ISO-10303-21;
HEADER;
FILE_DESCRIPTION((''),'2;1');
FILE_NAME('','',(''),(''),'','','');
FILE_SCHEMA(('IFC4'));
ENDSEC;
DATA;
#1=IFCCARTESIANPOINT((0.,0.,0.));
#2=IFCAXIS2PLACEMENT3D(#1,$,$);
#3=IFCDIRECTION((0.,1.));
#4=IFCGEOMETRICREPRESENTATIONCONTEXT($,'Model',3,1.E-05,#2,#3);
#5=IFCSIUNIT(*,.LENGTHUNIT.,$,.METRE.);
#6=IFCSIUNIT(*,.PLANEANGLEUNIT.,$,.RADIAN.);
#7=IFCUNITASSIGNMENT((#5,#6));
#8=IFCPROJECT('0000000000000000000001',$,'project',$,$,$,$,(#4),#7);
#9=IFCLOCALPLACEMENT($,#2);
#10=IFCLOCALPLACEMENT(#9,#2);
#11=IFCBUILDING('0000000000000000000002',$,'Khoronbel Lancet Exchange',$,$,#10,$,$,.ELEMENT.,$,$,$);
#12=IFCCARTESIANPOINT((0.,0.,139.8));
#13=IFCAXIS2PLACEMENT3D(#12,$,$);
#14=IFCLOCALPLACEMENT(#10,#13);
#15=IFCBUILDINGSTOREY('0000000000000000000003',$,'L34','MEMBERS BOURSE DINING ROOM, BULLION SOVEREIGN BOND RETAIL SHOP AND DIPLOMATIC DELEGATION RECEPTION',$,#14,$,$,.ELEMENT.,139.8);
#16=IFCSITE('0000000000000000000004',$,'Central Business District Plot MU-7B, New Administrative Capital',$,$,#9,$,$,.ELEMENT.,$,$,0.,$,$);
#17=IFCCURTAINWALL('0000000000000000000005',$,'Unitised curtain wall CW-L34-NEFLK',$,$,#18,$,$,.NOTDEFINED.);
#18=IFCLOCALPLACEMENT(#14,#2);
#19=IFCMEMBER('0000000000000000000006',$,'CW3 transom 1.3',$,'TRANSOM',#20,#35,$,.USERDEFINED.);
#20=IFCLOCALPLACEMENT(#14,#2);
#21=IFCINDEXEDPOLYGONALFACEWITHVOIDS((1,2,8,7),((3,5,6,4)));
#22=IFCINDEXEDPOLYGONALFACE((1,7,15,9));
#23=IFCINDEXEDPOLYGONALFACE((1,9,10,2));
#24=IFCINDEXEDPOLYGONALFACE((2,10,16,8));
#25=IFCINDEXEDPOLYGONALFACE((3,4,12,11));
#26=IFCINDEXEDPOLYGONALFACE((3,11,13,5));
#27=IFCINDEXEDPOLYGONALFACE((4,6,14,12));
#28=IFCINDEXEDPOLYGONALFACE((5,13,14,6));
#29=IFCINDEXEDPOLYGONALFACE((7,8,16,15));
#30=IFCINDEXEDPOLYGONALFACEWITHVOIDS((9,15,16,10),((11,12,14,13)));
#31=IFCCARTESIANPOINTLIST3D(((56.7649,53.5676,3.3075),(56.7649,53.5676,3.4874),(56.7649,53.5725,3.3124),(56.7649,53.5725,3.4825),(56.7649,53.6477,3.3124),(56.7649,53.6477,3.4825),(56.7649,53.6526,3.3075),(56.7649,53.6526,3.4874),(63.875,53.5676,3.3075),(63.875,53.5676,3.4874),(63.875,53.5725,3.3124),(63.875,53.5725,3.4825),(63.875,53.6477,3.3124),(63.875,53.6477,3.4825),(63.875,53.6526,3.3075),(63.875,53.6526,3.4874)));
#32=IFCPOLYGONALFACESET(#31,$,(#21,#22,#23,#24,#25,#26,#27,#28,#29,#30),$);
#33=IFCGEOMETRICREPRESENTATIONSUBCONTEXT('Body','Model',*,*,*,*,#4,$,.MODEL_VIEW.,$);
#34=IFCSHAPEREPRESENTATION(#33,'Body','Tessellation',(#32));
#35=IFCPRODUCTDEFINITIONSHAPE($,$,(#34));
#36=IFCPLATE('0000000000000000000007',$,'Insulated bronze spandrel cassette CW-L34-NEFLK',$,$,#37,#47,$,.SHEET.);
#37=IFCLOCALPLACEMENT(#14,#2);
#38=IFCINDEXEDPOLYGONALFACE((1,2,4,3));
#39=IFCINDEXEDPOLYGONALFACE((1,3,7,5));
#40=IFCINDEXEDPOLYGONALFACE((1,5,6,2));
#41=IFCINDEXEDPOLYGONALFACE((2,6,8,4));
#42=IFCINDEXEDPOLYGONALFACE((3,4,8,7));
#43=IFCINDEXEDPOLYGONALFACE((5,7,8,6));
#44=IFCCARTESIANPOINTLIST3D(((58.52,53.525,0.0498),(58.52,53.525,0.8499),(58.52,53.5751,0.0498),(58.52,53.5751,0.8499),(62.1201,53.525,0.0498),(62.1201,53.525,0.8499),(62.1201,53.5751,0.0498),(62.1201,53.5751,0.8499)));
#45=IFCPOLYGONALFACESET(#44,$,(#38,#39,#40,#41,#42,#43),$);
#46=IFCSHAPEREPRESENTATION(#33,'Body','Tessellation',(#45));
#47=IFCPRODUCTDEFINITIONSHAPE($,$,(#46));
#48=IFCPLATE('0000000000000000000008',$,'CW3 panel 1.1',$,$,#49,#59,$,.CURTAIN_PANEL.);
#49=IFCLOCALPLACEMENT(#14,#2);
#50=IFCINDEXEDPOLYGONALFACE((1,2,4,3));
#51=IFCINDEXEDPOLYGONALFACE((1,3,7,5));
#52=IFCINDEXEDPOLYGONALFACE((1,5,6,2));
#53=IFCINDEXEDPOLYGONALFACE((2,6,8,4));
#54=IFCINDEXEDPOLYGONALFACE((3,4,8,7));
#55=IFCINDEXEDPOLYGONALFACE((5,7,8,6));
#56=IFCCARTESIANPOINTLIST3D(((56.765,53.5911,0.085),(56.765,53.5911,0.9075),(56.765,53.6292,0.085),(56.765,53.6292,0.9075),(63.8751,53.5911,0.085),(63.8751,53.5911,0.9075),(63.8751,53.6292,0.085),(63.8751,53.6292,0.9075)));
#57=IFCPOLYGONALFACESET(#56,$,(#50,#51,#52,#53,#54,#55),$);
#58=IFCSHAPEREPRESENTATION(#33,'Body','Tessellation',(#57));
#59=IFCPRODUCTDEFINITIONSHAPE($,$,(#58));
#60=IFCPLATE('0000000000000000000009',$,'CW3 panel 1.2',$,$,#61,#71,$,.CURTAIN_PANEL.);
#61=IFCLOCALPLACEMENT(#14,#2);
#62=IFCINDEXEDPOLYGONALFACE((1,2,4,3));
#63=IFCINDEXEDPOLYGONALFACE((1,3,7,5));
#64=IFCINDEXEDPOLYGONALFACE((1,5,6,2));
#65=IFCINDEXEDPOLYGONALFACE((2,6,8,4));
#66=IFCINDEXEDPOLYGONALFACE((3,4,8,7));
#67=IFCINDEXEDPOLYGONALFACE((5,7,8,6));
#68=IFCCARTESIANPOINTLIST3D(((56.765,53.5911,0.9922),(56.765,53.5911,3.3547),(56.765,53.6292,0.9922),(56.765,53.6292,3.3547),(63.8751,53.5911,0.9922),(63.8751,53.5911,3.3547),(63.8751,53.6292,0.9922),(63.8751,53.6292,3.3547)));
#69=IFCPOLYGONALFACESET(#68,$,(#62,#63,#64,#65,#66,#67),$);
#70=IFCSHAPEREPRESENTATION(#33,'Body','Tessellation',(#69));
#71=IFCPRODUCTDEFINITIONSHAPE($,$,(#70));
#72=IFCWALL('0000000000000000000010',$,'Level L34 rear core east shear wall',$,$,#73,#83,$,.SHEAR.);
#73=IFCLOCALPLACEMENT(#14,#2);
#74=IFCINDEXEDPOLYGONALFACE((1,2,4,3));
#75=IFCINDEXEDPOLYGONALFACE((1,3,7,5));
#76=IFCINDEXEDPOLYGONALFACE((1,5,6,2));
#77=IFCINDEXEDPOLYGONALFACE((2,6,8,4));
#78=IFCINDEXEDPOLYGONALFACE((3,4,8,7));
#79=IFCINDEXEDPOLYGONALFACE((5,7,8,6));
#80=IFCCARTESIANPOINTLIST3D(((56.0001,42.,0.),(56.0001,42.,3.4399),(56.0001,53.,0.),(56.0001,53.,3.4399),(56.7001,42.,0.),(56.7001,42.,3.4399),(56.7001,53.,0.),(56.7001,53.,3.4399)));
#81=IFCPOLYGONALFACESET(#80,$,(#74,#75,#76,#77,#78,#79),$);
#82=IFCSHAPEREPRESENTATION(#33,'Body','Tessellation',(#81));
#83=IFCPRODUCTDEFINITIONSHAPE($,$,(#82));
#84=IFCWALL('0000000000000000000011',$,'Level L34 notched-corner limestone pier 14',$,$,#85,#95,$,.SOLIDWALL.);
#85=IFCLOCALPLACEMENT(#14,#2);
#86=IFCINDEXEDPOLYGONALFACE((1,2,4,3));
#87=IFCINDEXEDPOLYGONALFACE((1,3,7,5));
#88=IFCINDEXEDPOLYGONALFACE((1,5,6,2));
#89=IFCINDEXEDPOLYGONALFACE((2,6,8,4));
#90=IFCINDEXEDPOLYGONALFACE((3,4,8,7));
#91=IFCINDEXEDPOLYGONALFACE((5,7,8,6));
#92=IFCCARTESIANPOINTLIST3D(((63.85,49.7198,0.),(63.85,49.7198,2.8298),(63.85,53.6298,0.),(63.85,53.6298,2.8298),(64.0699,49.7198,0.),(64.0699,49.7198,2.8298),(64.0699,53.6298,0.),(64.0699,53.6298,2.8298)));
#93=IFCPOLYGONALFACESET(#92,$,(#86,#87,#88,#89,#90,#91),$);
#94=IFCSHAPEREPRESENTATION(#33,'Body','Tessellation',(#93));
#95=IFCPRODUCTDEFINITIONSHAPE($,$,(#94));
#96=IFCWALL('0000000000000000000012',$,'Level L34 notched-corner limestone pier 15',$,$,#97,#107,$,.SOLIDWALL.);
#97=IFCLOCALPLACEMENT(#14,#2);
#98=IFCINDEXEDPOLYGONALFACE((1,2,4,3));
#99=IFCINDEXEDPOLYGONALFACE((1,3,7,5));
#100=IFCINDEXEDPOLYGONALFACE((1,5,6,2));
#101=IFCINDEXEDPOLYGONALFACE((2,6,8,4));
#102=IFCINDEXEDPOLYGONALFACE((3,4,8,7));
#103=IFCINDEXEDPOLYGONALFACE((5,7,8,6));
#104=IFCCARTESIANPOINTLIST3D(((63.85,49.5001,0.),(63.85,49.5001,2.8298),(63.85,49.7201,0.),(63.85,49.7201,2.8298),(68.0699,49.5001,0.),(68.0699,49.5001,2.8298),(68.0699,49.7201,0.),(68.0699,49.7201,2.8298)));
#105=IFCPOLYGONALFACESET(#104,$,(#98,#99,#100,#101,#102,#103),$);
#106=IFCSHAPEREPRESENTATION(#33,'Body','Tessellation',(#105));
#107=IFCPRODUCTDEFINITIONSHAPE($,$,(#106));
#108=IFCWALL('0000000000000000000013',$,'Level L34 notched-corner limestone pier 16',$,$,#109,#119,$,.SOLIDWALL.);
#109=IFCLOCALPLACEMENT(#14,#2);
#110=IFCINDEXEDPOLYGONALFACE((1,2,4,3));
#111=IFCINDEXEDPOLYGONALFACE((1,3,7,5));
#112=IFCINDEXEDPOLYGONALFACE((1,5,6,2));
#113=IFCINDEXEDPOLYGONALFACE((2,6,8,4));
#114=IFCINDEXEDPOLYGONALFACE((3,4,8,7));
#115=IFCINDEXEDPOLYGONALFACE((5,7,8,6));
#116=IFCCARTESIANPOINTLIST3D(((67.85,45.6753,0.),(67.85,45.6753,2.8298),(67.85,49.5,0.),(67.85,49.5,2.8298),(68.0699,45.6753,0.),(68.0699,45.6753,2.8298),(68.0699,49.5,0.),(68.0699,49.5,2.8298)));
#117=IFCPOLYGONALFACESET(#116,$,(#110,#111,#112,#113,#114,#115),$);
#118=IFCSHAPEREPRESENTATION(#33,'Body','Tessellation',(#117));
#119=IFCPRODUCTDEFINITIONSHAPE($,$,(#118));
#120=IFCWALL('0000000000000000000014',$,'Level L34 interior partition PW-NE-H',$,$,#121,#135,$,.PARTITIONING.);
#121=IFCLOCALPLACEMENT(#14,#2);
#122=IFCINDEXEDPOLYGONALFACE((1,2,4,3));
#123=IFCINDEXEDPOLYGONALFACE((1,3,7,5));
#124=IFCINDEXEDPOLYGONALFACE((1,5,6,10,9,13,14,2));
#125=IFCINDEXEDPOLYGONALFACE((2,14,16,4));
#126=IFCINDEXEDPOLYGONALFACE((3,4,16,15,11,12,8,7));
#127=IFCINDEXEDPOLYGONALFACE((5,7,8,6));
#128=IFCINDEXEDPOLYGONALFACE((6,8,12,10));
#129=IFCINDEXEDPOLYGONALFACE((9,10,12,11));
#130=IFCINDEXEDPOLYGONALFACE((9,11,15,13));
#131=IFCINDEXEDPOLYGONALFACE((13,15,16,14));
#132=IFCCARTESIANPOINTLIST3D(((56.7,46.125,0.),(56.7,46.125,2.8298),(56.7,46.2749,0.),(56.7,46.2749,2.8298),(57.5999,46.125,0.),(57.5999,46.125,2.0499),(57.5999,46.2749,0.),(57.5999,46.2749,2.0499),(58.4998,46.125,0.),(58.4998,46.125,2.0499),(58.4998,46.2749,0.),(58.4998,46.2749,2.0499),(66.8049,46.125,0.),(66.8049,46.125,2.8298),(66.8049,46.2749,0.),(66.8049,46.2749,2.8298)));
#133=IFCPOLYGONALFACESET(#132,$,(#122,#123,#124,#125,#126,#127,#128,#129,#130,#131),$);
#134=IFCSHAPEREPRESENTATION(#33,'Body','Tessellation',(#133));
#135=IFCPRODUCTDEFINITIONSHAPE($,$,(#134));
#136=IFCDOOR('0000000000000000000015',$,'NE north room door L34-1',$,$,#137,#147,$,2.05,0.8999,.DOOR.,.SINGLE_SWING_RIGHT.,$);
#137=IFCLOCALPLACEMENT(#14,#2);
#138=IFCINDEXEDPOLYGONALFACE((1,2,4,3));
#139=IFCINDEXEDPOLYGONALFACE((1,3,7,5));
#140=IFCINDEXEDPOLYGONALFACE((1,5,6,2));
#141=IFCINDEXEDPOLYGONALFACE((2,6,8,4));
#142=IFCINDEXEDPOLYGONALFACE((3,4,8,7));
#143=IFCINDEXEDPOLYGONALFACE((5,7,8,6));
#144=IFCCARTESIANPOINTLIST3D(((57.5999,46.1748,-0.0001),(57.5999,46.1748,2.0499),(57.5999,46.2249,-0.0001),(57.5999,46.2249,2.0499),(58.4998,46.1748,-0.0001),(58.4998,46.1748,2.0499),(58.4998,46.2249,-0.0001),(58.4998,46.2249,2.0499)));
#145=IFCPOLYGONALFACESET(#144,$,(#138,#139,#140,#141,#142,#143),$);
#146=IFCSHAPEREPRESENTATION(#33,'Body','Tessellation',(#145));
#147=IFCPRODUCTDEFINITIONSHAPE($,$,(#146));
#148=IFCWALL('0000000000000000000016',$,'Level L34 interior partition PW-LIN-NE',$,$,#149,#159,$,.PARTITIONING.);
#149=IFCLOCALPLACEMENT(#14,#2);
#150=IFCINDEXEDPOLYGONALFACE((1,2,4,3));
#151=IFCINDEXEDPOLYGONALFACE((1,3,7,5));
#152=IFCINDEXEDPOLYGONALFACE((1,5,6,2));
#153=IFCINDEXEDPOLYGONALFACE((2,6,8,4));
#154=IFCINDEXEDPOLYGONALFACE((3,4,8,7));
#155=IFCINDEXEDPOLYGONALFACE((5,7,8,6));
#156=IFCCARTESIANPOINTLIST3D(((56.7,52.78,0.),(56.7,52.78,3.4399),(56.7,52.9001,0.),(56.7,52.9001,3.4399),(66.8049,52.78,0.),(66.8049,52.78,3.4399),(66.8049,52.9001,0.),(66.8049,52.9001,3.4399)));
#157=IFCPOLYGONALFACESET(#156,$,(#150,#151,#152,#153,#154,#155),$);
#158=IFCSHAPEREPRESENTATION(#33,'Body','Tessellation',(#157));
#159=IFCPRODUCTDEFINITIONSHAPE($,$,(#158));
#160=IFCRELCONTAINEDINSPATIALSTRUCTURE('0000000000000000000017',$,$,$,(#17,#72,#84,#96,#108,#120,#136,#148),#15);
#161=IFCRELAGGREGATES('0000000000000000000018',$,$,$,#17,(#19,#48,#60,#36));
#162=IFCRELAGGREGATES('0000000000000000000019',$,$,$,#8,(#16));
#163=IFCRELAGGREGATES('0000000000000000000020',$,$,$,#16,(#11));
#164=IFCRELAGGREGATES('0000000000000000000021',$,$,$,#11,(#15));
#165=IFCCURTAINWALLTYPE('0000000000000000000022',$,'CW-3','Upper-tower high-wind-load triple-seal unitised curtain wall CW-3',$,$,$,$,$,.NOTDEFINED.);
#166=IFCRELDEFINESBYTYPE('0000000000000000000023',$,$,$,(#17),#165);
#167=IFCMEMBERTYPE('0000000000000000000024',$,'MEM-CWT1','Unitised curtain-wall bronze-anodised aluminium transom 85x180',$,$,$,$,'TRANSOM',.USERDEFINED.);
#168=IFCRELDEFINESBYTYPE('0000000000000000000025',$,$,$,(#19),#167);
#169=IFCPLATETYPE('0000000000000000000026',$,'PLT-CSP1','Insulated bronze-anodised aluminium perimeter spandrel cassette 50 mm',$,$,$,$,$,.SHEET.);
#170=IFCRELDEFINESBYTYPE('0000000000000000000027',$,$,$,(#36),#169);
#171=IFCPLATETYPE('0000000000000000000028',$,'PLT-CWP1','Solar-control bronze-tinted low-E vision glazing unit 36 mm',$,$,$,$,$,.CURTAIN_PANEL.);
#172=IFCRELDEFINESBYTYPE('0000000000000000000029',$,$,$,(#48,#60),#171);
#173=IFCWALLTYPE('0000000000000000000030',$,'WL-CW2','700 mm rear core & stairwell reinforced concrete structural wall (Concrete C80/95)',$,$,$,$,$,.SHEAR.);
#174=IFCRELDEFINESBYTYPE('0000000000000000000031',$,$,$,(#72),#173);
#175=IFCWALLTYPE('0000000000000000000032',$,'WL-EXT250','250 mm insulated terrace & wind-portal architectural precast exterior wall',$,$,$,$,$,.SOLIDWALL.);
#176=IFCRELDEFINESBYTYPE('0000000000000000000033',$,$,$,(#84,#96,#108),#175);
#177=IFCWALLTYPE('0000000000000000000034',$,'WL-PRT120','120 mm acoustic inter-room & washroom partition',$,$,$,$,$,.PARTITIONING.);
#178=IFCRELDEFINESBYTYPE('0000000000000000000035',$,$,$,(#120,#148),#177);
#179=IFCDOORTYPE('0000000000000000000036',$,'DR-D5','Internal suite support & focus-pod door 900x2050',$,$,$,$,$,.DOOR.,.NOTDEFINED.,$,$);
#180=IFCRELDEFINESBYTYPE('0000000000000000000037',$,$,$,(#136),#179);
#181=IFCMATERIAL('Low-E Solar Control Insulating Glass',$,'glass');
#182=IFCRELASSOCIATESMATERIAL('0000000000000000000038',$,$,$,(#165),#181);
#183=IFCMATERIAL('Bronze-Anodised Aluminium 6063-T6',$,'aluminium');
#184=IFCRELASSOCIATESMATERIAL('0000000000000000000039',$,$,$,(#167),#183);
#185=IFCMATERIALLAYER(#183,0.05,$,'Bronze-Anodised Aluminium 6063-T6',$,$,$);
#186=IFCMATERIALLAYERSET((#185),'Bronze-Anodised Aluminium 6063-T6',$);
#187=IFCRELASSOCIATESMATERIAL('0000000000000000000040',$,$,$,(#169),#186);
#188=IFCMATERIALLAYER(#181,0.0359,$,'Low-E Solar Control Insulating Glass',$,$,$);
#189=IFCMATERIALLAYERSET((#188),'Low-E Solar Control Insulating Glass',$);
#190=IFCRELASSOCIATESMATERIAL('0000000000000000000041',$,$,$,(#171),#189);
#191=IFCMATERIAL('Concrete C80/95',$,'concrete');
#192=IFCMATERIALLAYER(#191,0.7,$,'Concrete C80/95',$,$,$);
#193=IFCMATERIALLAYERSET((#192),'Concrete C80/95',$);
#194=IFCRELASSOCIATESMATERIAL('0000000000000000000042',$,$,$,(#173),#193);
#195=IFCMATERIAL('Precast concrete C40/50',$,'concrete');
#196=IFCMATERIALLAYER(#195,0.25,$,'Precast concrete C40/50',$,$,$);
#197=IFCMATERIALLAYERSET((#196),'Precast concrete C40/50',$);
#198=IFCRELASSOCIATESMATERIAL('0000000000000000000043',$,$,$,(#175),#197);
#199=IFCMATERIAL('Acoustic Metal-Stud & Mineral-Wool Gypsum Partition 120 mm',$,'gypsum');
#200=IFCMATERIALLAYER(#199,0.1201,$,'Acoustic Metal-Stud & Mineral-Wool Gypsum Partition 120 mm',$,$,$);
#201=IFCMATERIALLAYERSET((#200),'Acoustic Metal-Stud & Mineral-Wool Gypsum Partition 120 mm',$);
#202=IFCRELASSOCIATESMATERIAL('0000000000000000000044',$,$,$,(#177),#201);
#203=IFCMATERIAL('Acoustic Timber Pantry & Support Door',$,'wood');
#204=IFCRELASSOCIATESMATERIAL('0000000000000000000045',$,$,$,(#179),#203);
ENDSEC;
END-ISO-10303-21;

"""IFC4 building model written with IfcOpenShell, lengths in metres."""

from ifc_helpers import new_model, si_unit, direction, frame, frame_2d, origin, origin_2d, place, context, subcontext, project, spatial, rectangle, hollow_rectangle, extrude, material, layer, layer_set, material_profile, profile_set, type_object, element, fill, aggregate, save


model = new_model("IFC4")

# Units and contexts
model_context = context("Model", 3, precision=1e-05, world=origin(), true_north=direction((0.0, 1.0)))
body_context = subcontext(model_context, "Body", "Model", "MODEL_VIEW")
ifc_project = project(units=[si_unit("LENGTHUNIT", "METRE"), si_unit("PLANEANGLEUNIT", "RADIAN")], contexts=[model_context])

# Site, building, storey
site_placement = place(None, origin())
site = spatial("IfcSite", under=ifc_project, at=site_placement, Name="Central Business District Plot MU-7B, New Administrative Capital", CompositionType="ELEMENT", RefElevation=0.0)
building_placement = place(site_placement, origin())
building = spatial("IfcBuilding", under=site, at=building_placement, Name="Khoronbel Lancet Exchange", CompositionType="ELEMENT")
storey_placement = place(building_placement, frame((0.0, 0.0, 139.8)))
storey = spatial("IfcBuildingStorey", under=building, at=storey_placement, Name="L34", Description="MEMBERS BOURSE DINING ROOM, BULLION SOVEREIGN BOND RETAIL SHOP AND DIPLOMATIC DELEGATION RECEPTION", CompositionType="ELEMENT", Elevation=139.8)

# Curtain wall, member, plates
ifc_material_1 = material(Name="Low-E Solar Control Insulating Glass", Category="glass")
curtain_wall_type = type_object("IfcCurtainWallType", Name="CW-3", Description="Upper-tower high-wind-load triple-seal unitised curtain wall CW-3", PredefinedType="NOTDEFINED", material=ifc_material_1)
curtain_wall_placement = place(storey_placement, origin())
curtain_wall = element("IfcCurtainWall", 1, at=curtain_wall_placement, inside=storey, type_object=curtain_wall_type, Name="Unitised curtain wall CW-L34-NEFLK", PredefinedType="NOTDEFINED")
ifc_material_2 = material(Name="Bronze-Anodised Aluminium 6063-T6", Category="aluminium")
ifc_material_profile_1 = material_profile(ifc_material_2, hollow_rectangle(XDim=0.085, YDim=0.1799, WallThickness=0.0049, at=origin_2d()), Name="ALU TRANSOM 85x180")
ifc_profile_set_1 = profile_set([ifc_material_profile_1], Name="Bronze-Anodised Aluminium 6063-T6")
member_type_1 = type_object("IfcMemberType", Name="MEM-CWT1", Description="Unitised curtain-wall bronze-anodised aluminium transom 85x180", ElementType="TRANSOM", PredefinedType="USERDEFINED", material=ifc_profile_set_1)
member_1_placement = place(storey_placement, frame((63.875, 53.6101, 3.3975), z_axis=(-1.0, 0.0, 0.0), x_axis=(0.0, -1.0, 0.0)))
member_1 = element("IfcMember", 2, at=member_1_placement, type_object=member_type_1, Name="CW3 transom 1.3", ObjectType="TRANSOM", PredefinedType="USERDEFINED", context=body_context, shape_type="SweptSolid", body=[
    extrude(hollow_rectangle(XDim=0.085, YDim=0.1799, WallThickness=0.0049, at=origin_2d()), origin(), (0.0, 0.0, 1.0), 7.1101),
])
ifc_layer_1 = layer(ifc_material_2, 0.05, Name="Bronze-Anodised Aluminium 6063-T6")
ifc_layer_set_1 = layer_set([ifc_layer_1], Name="Bronze-Anodised Aluminium 6063-T6")
plate_type_1 = type_object("IfcPlateType", Name="PLT-CSP1", Description="Insulated bronze-anodised aluminium perimeter spandrel cassette 50 mm", PredefinedType="SHEET", material=ifc_layer_set_1)
plate_1_placement = place(storey_placement, frame((60.3201, 53.55, 0.0498), z_axis=(0.0, 0.0, 1.0), x_axis=(-1.0, 0.0, 0.0)))
plate_1 = element("IfcPlate", 3, at=plate_1_placement, type_object=plate_type_1, Name="Insulated bronze spandrel cassette CW-L34-NEFLK", PredefinedType="SHEET", context=body_context, shape_type="SweptSolid", body=[
    extrude(rectangle(XDim=3.6001, YDim=0.05, at=origin_2d()), origin(), (0.0, 0.0, 1.0), 0.8),
])
ifc_layer_2 = layer(ifc_material_1, 0.0359, Name="Low-E Solar Control Insulating Glass")
ifc_layer_set_2 = layer_set([ifc_layer_2], Name="Low-E Solar Control Insulating Glass")
plate_type_2 = type_object("IfcPlateType", Name="PLT-CWP1", Description="Solar-control bronze-tinted low-E vision glazing unit 36 mm", PredefinedType="CURTAIN_PANEL", material=ifc_layer_set_2)
plate_2_placement = place(storey_placement, frame((60.3201, 53.6101, 0.085), z_axis=(0.0, 0.0, 1.0), x_axis=(-1.0, 0.0, 0.0)))
plate_2 = element("IfcPlate", 4, at=plate_2_placement, type_object=plate_type_2, Name="CW3 panel 1.1", PredefinedType="CURTAIN_PANEL", context=body_context, shape_type="SweptSolid", body=[
    extrude(rectangle(XDim=7.1101, YDim=0.0381, at=origin_2d()), origin(), (0.0, 0.0, 1.0), 0.8225),
])
plate_3_placement = place(storey_placement, frame((60.3201, 53.6101, 0.9922), z_axis=(0.0, 0.0, 1.0), x_axis=(-1.0, 0.0, 0.0)))
plate_3 = element("IfcPlate", 5, at=plate_3_placement, type_object=plate_type_2, Name="CW3 panel 1.2", PredefinedType="CURTAIN_PANEL", context=body_context, shape_type="SweptSolid", body=[
    extrude(rectangle(XDim=7.1101, YDim=0.0381, at=origin_2d()), origin(), (0.0, 0.0, 1.0), 2.3625),
])
aggregate(curtain_wall, [member_1, plate_2, plate_3, plate_1])

# Walls
ifc_material_3 = material(Name="Concrete C80/95", Category="concrete")
ifc_layer_3 = layer(ifc_material_3, 0.7, Name="Concrete C80/95")
ifc_layer_set_3 = layer_set([ifc_layer_3], Name="Concrete C80/95")
wall_type_1 = type_object("IfcWallType", Name="WL-CW2", Description="700 mm rear core & stairwell reinforced concrete structural wall (Concrete C80/95)", PredefinedType="SHEAR", material=ifc_layer_set_3)
wall_1_placement = place(storey_placement, frame((56.3501, 53.0, 0.0), z_axis=(0.0, 0.0, 1.0), x_axis=(0.0, -1.0, 0.0)))
element("IfcWall", 6, at=wall_1_placement, inside=storey, type_object=wall_type_1, Name="Level L34 rear core east shear wall", PredefinedType="SHEAR", context=body_context, shape_type="SweptSolid", body=[
    extrude(rectangle(XDim=11.0, YDim=0.7, at=frame_2d((5.5, 0.0))), origin(), (0.0, 0.0, 1.0), 3.4399),
])
ifc_material_4 = material(Name="Precast concrete C40/50", Category="concrete")
ifc_layer_4 = layer(ifc_material_4, 0.25, Name="Precast concrete C40/50")
ifc_layer_set_4 = layer_set([ifc_layer_4], Name="Precast concrete C40/50")
wall_type_2 = type_object("IfcWallType", Name="WL-EXT250", Description="250 mm insulated terrace & wind-portal architectural precast exterior wall", PredefinedType="SOLIDWALL", material=ifc_layer_set_4)
wall_2_placement = place(storey_placement, frame((63.96, 53.6299, 0.0), z_axis=(0.0, 0.0, 1.0), x_axis=(0.0, -1.0, 0.0)))
element("IfcWall", 7, at=wall_2_placement, inside=storey, type_object=wall_type_2, Name="Level L34 notched-corner limestone pier 14", PredefinedType="SOLIDWALL", context=body_context, shape_type="SweptSolid", body=[
    extrude(rectangle(XDim=3.9099, YDim=0.22, at=frame_2d((1.9551, 0.0))), origin(), (0.0, 0.0, 1.0), 2.8298),
])
wall_3_placement = place(storey_placement, frame((63.8501, 49.6101, 0.0), z_axis=(0.0, 0.0, 1.0), x_axis=(1.0, 0.0, 0.0)))
element("IfcWall", 8, at=wall_3_placement, inside=storey, type_object=wall_type_2, Name="Level L34 notched-corner limestone pier 15", PredefinedType="SOLIDWALL", context=body_context, shape_type="SweptSolid", body=[
    extrude(rectangle(XDim=4.22, YDim=0.22, at=frame_2d((2.1099, 0.0))), origin(), (0.0, 0.0, 1.0), 2.8298),
])
wall_4_placement = place(storey_placement, frame((67.96, 49.5, 0.0), z_axis=(0.0, 0.0, 1.0), x_axis=(0.0, -1.0, 0.0)))
element("IfcWall", 9, at=wall_4_placement, inside=storey, type_object=wall_type_2, Name="Level L34 notched-corner limestone pier 16", PredefinedType="SOLIDWALL", context=body_context, shape_type="SweptSolid", body=[
    extrude(rectangle(XDim=3.8247, YDim=0.22, at=frame_2d((1.9124, 0.0))), origin(), (0.0, 0.0, 1.0), 2.8298),
])

# Wall, opening, door
ifc_material_5 = material(Name="Acoustic Metal-Stud & Mineral-Wool Gypsum Partition 120 mm", Category="gypsum")
ifc_layer_5 = layer(ifc_material_5, 0.1201, Name="Acoustic Metal-Stud & Mineral-Wool Gypsum Partition 120 mm")
ifc_layer_set_5 = layer_set([ifc_layer_5], Name="Acoustic Metal-Stud & Mineral-Wool Gypsum Partition 120 mm")
wall_type_3 = type_object("IfcWallType", Name="WL-PRT120", Description="120 mm acoustic inter-room & washroom partition", PredefinedType="PARTITIONING", material=ifc_layer_set_5)
wall_5_placement = place(storey_placement, frame((56.7, 46.2, 0.0), z_axis=(0.0, 0.0, 1.0), x_axis=(1.0, 0.0, 0.0)))
wall_5 = element("IfcWall", 10, at=wall_5_placement, inside=storey, type_object=wall_type_3, Name="Level L34 interior partition PW-NE-H", PredefinedType="PARTITIONING", context=body_context, shape_type="SweptSolid", body=[
    extrude(rectangle(XDim=10.105, YDim=0.1499, at=frame_2d((5.0525, 0.0))), origin(), (0.0, 0.0, 1.0), 2.8298),
])
opening_placement = place(wall_5_placement, frame((0.8999, 0.0, 0.0)))
opening = element("IfcOpeningElement", 11, at=opening_placement, cuts=wall_5, PredefinedType="OPENING", context=body_context, shape_type="SweptSolid", body=[
    extrude(rectangle(XDim=0.8999, YDim=2.05, at=frame_2d((0.45, 1.0249))), frame((0.0, 0.085, 0.0), z_axis=(0.0, -1.0, 0.0), x_axis=(1.0, 0.0, 0.0)), (0.0, 0.0, 1.0), 0.1699),
])
ifc_material_6 = material(Name="Acoustic Timber Pantry & Support Door", Category="wood")
door_type = type_object("IfcDoorType", Name="DR-D5", Description="Internal suite support & focus-pod door 900x2050", OperationType="NOTDEFINED", PredefinedType="DOOR", material=ifc_material_6)
door_placement = place(opening_placement, origin())
door = element("IfcDoor", 12, at=door_placement, inside=storey, type_object=door_type, Name="NE north room door L34-1", OperationType="SINGLE_SWING_RIGHT", OverallHeight=2.05, OverallWidth=0.8999, PredefinedType="DOOR", context=body_context, shape_type="SweptSolid", body=[
    extrude(rectangle(XDim=0.8999, YDim=2.05, at=frame_2d((0.45, 1.0249))), frame((0.0, 0.0249, 0.0), z_axis=(0.0, -1.0, 0.0), x_axis=(1.0, 0.0, 0.0)), (0.0, 0.0, 1.0), 0.05),
])
fill(opening, door)

# Wall
wall_6_placement = place(storey_placement, frame((56.7, 52.8401, 0.0), z_axis=(0.0, 0.0, 1.0), x_axis=(1.0, 0.0, 0.0)))
element("IfcWall", 13, at=wall_6_placement, inside=storey, type_object=wall_type_3, Name="Level L34 interior partition PW-LIN-NE", PredefinedType="PARTITIONING", context=body_context, shape_type="SweptSolid", body=[
    extrude(rectangle(XDim=10.105, YDim=0.1201, at=frame_2d((5.0525, 0.0))), origin(), (0.0, 0.0, 1.0), 3.4399),
])

save(model, "model.ifc")
